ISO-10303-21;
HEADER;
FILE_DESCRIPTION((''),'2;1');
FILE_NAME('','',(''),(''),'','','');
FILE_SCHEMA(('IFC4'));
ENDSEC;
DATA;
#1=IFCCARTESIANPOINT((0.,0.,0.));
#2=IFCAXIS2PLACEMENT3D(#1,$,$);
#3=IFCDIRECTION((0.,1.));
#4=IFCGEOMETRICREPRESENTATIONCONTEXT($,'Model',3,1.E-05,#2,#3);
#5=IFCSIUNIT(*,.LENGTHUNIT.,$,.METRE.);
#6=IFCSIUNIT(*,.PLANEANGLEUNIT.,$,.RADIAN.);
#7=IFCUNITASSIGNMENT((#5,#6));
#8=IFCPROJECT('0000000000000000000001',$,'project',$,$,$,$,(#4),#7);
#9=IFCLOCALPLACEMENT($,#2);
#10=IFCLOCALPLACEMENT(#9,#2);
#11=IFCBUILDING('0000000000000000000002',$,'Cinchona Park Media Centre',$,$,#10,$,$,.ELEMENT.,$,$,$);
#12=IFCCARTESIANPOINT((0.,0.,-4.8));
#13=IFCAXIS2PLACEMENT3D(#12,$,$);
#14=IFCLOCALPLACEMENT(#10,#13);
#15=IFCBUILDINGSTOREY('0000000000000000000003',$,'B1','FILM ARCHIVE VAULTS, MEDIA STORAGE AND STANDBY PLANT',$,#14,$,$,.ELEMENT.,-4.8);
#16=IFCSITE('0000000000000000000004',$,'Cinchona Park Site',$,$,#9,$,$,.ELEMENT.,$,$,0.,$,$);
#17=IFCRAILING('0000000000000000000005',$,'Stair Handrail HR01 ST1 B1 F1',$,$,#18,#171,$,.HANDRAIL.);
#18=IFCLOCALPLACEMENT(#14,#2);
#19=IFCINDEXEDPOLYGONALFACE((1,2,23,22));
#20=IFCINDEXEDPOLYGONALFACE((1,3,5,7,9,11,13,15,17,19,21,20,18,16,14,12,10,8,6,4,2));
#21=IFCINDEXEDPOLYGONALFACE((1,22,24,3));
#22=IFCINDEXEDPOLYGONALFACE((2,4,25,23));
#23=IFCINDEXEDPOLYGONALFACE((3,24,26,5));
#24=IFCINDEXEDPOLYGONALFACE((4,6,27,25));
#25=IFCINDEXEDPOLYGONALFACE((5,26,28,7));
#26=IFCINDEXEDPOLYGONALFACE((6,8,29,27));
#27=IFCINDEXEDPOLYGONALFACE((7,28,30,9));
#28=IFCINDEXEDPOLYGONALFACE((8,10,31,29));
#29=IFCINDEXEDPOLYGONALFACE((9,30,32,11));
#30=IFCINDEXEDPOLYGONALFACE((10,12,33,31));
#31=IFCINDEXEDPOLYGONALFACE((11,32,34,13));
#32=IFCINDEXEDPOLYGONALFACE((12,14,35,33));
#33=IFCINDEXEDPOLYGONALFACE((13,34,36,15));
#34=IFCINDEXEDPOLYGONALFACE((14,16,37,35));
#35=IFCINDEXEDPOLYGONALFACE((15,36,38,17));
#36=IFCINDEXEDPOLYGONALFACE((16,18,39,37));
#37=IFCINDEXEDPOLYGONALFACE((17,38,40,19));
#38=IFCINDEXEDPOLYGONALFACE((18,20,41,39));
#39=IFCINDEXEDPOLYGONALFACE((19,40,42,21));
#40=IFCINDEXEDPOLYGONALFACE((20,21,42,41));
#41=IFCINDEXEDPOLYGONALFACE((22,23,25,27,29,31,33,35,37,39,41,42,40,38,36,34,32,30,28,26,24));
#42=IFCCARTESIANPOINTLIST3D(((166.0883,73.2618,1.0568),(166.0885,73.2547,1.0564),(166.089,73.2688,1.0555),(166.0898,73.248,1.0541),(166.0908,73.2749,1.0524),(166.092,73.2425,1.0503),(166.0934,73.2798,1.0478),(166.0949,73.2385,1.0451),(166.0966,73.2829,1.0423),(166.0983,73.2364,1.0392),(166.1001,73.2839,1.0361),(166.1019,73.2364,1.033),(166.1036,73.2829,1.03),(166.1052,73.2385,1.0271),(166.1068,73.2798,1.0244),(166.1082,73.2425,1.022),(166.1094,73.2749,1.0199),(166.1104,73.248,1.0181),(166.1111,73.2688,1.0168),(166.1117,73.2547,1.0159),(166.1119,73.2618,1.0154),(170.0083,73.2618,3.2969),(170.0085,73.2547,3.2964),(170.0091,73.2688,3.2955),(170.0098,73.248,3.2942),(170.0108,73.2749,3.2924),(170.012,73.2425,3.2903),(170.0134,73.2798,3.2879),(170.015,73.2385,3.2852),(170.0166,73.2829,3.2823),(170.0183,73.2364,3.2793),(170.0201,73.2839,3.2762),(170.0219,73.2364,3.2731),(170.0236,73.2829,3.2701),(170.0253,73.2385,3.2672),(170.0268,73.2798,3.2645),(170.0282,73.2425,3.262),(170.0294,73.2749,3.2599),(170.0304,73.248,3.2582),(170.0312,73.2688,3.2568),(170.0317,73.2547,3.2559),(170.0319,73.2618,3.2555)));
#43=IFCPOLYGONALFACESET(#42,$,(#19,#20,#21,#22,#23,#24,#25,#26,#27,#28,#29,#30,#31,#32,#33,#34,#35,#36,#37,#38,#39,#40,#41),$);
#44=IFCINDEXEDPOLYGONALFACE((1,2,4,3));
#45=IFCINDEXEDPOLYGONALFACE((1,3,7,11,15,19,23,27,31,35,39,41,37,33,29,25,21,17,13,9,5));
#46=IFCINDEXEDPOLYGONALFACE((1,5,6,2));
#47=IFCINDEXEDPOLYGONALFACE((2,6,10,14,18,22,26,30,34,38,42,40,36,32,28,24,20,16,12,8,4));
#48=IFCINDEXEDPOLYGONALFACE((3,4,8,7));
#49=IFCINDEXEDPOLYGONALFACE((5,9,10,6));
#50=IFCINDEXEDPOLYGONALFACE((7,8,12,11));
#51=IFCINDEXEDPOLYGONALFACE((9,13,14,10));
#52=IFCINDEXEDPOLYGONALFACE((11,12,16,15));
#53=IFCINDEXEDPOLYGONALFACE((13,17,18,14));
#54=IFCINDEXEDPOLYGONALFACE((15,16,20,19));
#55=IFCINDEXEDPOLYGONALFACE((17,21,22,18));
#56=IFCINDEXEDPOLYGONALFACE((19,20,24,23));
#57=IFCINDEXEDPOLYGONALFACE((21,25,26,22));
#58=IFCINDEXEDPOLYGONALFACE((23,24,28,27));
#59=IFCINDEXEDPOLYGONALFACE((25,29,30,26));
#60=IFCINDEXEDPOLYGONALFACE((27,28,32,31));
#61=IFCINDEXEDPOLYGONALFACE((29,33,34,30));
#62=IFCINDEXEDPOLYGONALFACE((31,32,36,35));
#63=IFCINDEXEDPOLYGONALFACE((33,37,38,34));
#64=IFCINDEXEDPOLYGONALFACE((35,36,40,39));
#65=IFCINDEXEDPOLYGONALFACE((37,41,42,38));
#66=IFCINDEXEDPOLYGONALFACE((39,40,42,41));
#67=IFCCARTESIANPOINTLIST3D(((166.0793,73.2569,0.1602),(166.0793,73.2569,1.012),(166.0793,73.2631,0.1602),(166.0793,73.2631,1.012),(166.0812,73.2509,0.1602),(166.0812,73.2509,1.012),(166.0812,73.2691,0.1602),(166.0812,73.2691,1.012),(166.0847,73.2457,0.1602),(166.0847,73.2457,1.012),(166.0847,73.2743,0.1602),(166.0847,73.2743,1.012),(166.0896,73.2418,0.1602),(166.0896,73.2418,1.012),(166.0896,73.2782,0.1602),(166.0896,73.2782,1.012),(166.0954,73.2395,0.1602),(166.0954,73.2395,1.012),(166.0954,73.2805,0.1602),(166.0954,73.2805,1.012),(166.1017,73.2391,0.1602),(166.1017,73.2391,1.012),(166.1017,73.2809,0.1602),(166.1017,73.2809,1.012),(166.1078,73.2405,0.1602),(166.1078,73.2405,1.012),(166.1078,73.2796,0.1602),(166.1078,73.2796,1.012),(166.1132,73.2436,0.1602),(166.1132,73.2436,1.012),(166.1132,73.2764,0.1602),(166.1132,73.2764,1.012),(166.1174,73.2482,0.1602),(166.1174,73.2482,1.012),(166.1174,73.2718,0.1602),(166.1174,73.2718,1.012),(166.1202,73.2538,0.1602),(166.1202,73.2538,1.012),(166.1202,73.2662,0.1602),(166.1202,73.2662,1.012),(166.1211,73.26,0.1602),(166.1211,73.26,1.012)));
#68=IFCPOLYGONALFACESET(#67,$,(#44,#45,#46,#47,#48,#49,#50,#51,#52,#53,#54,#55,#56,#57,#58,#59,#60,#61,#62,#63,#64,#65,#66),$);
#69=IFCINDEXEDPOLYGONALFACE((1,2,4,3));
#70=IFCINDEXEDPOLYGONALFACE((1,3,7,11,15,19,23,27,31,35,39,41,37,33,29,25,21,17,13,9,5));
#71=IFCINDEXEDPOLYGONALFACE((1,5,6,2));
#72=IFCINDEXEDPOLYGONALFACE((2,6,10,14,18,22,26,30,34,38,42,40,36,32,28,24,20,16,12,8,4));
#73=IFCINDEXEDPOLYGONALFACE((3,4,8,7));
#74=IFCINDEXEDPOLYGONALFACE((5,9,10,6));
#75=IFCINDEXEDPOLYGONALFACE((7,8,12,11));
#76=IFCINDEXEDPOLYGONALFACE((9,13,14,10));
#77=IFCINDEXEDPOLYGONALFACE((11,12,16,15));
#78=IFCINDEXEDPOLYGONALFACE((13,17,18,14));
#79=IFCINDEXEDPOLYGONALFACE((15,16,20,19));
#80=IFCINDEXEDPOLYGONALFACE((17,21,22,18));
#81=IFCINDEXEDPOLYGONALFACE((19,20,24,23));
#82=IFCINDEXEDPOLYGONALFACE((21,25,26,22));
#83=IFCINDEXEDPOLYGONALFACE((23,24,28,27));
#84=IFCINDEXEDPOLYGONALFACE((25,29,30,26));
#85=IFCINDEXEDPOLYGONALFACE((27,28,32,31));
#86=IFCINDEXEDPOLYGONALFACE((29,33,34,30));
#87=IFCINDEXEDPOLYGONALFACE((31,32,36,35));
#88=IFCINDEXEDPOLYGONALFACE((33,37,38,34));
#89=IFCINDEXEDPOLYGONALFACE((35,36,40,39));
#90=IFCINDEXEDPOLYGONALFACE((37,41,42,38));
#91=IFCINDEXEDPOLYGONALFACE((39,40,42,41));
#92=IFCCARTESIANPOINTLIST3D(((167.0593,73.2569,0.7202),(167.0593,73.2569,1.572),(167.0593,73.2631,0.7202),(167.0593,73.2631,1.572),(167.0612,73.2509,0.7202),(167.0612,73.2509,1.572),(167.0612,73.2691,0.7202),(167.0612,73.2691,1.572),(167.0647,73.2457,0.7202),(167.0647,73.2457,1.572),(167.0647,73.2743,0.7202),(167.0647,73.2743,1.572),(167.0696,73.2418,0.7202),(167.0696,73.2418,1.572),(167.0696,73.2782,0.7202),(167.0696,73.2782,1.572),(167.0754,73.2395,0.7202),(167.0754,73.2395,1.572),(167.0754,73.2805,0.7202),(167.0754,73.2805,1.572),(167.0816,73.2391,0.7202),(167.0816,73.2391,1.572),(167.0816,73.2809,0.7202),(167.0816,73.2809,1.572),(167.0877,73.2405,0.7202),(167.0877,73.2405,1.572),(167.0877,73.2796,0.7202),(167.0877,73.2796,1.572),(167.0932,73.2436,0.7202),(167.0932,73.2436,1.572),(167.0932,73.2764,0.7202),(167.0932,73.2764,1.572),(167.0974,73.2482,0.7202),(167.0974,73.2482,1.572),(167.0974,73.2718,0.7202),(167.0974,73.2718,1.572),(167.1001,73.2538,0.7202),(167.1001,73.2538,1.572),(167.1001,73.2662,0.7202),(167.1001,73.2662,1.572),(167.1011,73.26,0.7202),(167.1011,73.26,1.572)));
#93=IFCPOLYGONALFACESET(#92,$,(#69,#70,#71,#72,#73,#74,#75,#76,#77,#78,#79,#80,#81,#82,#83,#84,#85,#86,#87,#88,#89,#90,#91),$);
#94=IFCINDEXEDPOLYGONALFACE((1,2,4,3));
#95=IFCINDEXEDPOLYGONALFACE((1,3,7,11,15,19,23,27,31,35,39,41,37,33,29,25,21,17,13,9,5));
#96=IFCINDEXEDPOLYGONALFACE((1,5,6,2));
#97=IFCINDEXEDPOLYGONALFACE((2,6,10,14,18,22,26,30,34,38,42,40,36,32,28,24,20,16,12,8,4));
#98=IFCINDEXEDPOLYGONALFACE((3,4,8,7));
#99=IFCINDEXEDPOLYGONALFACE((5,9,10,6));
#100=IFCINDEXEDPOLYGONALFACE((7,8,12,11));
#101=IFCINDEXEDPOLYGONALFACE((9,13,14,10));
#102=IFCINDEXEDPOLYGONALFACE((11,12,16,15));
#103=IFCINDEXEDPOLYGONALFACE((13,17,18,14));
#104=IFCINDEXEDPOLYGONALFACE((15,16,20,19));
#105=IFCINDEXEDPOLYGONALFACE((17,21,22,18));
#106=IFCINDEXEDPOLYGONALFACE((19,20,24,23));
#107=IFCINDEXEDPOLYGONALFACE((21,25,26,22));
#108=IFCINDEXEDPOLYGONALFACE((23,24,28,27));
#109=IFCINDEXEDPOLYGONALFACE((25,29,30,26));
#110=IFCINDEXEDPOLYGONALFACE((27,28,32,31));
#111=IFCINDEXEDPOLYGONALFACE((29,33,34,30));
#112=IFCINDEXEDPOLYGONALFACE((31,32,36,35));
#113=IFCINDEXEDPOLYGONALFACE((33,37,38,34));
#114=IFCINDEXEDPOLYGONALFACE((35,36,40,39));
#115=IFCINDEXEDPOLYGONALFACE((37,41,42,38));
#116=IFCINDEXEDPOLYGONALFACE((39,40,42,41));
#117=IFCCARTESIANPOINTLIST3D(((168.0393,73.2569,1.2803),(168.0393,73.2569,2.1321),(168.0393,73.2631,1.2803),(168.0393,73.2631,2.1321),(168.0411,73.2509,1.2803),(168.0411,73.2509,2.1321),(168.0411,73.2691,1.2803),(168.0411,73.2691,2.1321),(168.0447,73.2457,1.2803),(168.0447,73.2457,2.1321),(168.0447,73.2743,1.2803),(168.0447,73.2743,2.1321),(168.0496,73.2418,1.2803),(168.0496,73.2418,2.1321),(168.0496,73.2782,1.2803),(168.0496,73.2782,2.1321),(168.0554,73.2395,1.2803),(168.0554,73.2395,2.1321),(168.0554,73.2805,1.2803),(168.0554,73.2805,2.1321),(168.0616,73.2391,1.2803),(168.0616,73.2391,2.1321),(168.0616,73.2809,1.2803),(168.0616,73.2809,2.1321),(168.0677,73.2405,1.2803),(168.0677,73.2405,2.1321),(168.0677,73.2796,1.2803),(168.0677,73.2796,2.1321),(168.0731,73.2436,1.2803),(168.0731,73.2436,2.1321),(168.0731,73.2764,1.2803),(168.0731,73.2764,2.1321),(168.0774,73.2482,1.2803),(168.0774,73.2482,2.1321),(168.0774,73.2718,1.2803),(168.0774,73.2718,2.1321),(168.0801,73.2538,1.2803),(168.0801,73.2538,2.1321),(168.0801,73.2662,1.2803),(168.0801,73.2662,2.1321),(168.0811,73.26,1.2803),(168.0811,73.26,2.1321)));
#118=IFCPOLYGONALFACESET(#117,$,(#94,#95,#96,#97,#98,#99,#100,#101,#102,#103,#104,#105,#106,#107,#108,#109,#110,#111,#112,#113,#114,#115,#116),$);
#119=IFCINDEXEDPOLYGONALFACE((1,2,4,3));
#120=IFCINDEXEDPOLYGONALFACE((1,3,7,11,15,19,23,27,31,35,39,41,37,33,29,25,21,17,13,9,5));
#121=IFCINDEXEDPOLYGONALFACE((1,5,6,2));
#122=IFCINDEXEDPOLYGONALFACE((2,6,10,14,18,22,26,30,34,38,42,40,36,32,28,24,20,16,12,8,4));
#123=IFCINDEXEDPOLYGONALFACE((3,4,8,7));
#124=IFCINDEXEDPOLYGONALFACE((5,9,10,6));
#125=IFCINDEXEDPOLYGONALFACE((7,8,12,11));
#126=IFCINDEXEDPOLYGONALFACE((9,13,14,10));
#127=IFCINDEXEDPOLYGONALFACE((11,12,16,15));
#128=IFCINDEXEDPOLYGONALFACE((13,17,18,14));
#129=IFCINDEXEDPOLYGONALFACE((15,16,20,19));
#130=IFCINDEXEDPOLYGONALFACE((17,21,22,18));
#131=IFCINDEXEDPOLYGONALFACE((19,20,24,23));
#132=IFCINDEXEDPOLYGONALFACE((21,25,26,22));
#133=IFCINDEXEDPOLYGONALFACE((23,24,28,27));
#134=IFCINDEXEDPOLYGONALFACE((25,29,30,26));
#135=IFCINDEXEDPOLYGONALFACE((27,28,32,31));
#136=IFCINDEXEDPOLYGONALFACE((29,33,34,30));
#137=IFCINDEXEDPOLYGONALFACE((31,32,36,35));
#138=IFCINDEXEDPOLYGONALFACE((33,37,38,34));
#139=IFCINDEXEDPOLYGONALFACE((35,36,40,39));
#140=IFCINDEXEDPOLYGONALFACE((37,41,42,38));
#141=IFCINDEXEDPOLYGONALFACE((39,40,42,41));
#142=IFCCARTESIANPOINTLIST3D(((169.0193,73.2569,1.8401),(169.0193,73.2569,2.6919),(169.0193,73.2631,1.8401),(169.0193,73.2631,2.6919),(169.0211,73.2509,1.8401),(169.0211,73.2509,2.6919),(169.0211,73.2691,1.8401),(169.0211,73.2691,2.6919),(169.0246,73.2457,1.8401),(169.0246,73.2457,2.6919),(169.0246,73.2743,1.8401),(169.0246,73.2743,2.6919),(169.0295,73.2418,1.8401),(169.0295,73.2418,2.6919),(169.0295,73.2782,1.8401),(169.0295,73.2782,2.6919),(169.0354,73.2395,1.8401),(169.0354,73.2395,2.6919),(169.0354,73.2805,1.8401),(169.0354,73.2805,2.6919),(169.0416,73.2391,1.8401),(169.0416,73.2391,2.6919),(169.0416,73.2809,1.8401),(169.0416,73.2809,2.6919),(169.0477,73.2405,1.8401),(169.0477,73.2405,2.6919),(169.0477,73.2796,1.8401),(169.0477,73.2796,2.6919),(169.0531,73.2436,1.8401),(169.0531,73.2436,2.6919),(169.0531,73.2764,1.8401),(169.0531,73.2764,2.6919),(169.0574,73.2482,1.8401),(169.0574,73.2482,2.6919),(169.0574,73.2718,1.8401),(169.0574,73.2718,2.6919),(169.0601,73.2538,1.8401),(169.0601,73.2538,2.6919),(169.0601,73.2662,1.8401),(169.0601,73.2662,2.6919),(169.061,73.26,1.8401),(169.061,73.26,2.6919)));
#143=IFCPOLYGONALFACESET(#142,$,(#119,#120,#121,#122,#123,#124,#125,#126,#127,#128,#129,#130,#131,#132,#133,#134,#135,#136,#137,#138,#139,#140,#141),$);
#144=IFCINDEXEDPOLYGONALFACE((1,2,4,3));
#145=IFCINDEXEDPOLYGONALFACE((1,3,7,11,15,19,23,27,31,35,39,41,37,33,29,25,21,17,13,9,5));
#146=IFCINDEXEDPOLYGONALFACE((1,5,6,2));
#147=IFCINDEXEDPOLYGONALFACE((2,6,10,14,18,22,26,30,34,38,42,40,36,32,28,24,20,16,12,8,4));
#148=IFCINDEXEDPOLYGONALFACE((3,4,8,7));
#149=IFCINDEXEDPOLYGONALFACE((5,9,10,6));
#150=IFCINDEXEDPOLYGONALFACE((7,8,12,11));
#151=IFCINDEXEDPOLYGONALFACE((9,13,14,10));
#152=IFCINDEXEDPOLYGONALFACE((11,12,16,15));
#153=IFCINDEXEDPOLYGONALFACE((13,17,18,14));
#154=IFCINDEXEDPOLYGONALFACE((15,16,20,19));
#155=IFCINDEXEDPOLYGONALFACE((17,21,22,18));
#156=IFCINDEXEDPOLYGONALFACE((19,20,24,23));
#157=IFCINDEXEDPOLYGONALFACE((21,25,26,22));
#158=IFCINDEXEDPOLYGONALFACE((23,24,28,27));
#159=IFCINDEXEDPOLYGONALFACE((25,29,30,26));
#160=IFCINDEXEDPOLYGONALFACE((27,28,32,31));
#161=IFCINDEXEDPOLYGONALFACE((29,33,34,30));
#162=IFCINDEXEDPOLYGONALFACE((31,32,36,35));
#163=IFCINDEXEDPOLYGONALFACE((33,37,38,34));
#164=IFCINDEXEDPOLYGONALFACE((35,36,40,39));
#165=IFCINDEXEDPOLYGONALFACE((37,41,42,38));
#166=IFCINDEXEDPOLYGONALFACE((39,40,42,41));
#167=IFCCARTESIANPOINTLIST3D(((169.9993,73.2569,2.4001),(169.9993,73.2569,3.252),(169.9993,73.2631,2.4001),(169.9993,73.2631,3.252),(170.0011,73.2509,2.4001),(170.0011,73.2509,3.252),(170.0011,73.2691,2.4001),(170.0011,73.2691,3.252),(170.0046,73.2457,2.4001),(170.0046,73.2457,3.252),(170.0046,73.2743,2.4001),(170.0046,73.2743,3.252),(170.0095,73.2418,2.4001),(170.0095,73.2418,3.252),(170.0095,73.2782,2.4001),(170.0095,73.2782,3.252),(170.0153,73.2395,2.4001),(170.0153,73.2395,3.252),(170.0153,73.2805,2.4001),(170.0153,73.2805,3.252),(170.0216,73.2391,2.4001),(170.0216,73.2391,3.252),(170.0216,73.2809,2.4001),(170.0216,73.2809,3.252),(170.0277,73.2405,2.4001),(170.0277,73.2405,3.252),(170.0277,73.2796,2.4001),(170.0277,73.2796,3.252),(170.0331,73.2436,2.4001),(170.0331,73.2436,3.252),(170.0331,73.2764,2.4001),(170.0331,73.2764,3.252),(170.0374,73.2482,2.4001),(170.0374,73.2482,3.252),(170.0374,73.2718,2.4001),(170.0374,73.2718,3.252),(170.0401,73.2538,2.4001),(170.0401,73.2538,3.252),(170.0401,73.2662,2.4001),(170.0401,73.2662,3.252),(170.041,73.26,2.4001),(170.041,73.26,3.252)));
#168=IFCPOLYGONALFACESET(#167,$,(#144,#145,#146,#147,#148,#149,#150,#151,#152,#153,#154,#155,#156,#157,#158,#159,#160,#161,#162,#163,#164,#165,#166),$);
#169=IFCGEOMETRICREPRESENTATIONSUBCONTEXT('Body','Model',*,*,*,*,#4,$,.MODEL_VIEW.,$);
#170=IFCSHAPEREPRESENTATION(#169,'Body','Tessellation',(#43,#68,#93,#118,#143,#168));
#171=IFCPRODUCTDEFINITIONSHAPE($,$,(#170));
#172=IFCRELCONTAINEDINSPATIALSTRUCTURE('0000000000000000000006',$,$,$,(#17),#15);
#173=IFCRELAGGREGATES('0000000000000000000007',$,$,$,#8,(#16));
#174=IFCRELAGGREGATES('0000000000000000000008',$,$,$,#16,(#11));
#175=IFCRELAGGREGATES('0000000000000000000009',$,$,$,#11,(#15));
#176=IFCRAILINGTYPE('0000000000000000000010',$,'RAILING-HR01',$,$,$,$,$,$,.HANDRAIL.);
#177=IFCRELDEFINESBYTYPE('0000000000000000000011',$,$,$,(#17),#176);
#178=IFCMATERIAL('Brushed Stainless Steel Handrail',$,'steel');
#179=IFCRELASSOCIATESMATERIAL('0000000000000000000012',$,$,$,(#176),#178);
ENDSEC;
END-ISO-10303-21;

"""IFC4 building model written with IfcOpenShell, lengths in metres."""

from ifc_helpers import new_model, si_unit, direction, frame, origin, origin_2d, place, context, subcontext, project, spatial, circle, extrude, material, type_object, element, save


model = new_model("IFC4")

# Units and contexts
model_context = context("Model", 3, precision=1e-05, world=origin(), true_north=direction((0.0, 1.0)))
body_context = subcontext(model_context, "Body", "Model", "MODEL_VIEW")
ifc_project = project(units=[si_unit("LENGTHUNIT", "METRE"), si_unit("PLANEANGLEUNIT", "RADIAN")], contexts=[model_context])

# Site, building, storey
site_placement = place(None, origin())
site = spatial("IfcSite", under=ifc_project, at=site_placement, Name="Cinchona Park Site", CompositionType="ELEMENT", RefElevation=0.0)
building_placement = place(site_placement, origin())
building = spatial("IfcBuilding", under=site, at=building_placement, Name="Cinchona Park Media Centre", CompositionType="ELEMENT")
storey_placement = place(building_placement, frame((0.0, 0.0, -4.8)))
storey = spatial("IfcBuildingStorey", under=building, at=storey_placement, Name="B1", Description="FILM ARCHIVE VAULTS, MEDIA STORAGE AND STANDBY PLANT", CompositionType="ELEMENT", Elevation=-4.8)

# Railing
ifc_material_1 = material(Name="Brushed Stainless Steel Handrail", Category="steel")
railing_type_1 = type_object("IfcRailingType", Name="RAILING-HR01", PredefinedType="HANDRAIL", material=ifc_material_1)
railing_1_placement = place(storey_placement, frame((166.1001, 73.26, 0.1602)))
element("IfcRailing", 1, at=railing_1_placement, inside=storey, type_object=railing_type_1, Name="Stair Handrail HR01 ST1 B1 F1", PredefinedType="HANDRAIL", context=body_context, shape_type="SweptSolid", body=[
    extrude(circle(Radius=0.0239, at=origin_2d()), frame((0.0, 0.0, 0.876), z_axis=(0.86824, 0.0, 0.496145), x_axis=(0.0, 1.0, 0.0)), (0.0, 0.0, 1.0), 4.5149),
    extrude(circle(Radius=0.021, at=origin_2d()), origin(), (0.0, 0.0, 1.0), 0.8518),
    extrude(circle(Radius=0.021, at=origin_2d()), frame((0.98, 0.0, 0.5601)), (0.0, 0.0, 1.0), 0.8518),
    extrude(circle(Radius=0.021, at=origin_2d()), frame((1.96, 0.0, 1.1201)), (0.0, 0.0, 1.0), 0.8518),
    extrude(circle(Radius=0.021, at=origin_2d()), frame((2.9399, 0.0, 1.6799)), (0.0, 0.0, 1.0), 0.8518),
    extrude(circle(Radius=0.021, at=origin_2d()), frame((3.9199, 0.0, 2.24)), (0.0, 0.0, 1.0), 0.8518),
])

save(model, "model.ifc")
